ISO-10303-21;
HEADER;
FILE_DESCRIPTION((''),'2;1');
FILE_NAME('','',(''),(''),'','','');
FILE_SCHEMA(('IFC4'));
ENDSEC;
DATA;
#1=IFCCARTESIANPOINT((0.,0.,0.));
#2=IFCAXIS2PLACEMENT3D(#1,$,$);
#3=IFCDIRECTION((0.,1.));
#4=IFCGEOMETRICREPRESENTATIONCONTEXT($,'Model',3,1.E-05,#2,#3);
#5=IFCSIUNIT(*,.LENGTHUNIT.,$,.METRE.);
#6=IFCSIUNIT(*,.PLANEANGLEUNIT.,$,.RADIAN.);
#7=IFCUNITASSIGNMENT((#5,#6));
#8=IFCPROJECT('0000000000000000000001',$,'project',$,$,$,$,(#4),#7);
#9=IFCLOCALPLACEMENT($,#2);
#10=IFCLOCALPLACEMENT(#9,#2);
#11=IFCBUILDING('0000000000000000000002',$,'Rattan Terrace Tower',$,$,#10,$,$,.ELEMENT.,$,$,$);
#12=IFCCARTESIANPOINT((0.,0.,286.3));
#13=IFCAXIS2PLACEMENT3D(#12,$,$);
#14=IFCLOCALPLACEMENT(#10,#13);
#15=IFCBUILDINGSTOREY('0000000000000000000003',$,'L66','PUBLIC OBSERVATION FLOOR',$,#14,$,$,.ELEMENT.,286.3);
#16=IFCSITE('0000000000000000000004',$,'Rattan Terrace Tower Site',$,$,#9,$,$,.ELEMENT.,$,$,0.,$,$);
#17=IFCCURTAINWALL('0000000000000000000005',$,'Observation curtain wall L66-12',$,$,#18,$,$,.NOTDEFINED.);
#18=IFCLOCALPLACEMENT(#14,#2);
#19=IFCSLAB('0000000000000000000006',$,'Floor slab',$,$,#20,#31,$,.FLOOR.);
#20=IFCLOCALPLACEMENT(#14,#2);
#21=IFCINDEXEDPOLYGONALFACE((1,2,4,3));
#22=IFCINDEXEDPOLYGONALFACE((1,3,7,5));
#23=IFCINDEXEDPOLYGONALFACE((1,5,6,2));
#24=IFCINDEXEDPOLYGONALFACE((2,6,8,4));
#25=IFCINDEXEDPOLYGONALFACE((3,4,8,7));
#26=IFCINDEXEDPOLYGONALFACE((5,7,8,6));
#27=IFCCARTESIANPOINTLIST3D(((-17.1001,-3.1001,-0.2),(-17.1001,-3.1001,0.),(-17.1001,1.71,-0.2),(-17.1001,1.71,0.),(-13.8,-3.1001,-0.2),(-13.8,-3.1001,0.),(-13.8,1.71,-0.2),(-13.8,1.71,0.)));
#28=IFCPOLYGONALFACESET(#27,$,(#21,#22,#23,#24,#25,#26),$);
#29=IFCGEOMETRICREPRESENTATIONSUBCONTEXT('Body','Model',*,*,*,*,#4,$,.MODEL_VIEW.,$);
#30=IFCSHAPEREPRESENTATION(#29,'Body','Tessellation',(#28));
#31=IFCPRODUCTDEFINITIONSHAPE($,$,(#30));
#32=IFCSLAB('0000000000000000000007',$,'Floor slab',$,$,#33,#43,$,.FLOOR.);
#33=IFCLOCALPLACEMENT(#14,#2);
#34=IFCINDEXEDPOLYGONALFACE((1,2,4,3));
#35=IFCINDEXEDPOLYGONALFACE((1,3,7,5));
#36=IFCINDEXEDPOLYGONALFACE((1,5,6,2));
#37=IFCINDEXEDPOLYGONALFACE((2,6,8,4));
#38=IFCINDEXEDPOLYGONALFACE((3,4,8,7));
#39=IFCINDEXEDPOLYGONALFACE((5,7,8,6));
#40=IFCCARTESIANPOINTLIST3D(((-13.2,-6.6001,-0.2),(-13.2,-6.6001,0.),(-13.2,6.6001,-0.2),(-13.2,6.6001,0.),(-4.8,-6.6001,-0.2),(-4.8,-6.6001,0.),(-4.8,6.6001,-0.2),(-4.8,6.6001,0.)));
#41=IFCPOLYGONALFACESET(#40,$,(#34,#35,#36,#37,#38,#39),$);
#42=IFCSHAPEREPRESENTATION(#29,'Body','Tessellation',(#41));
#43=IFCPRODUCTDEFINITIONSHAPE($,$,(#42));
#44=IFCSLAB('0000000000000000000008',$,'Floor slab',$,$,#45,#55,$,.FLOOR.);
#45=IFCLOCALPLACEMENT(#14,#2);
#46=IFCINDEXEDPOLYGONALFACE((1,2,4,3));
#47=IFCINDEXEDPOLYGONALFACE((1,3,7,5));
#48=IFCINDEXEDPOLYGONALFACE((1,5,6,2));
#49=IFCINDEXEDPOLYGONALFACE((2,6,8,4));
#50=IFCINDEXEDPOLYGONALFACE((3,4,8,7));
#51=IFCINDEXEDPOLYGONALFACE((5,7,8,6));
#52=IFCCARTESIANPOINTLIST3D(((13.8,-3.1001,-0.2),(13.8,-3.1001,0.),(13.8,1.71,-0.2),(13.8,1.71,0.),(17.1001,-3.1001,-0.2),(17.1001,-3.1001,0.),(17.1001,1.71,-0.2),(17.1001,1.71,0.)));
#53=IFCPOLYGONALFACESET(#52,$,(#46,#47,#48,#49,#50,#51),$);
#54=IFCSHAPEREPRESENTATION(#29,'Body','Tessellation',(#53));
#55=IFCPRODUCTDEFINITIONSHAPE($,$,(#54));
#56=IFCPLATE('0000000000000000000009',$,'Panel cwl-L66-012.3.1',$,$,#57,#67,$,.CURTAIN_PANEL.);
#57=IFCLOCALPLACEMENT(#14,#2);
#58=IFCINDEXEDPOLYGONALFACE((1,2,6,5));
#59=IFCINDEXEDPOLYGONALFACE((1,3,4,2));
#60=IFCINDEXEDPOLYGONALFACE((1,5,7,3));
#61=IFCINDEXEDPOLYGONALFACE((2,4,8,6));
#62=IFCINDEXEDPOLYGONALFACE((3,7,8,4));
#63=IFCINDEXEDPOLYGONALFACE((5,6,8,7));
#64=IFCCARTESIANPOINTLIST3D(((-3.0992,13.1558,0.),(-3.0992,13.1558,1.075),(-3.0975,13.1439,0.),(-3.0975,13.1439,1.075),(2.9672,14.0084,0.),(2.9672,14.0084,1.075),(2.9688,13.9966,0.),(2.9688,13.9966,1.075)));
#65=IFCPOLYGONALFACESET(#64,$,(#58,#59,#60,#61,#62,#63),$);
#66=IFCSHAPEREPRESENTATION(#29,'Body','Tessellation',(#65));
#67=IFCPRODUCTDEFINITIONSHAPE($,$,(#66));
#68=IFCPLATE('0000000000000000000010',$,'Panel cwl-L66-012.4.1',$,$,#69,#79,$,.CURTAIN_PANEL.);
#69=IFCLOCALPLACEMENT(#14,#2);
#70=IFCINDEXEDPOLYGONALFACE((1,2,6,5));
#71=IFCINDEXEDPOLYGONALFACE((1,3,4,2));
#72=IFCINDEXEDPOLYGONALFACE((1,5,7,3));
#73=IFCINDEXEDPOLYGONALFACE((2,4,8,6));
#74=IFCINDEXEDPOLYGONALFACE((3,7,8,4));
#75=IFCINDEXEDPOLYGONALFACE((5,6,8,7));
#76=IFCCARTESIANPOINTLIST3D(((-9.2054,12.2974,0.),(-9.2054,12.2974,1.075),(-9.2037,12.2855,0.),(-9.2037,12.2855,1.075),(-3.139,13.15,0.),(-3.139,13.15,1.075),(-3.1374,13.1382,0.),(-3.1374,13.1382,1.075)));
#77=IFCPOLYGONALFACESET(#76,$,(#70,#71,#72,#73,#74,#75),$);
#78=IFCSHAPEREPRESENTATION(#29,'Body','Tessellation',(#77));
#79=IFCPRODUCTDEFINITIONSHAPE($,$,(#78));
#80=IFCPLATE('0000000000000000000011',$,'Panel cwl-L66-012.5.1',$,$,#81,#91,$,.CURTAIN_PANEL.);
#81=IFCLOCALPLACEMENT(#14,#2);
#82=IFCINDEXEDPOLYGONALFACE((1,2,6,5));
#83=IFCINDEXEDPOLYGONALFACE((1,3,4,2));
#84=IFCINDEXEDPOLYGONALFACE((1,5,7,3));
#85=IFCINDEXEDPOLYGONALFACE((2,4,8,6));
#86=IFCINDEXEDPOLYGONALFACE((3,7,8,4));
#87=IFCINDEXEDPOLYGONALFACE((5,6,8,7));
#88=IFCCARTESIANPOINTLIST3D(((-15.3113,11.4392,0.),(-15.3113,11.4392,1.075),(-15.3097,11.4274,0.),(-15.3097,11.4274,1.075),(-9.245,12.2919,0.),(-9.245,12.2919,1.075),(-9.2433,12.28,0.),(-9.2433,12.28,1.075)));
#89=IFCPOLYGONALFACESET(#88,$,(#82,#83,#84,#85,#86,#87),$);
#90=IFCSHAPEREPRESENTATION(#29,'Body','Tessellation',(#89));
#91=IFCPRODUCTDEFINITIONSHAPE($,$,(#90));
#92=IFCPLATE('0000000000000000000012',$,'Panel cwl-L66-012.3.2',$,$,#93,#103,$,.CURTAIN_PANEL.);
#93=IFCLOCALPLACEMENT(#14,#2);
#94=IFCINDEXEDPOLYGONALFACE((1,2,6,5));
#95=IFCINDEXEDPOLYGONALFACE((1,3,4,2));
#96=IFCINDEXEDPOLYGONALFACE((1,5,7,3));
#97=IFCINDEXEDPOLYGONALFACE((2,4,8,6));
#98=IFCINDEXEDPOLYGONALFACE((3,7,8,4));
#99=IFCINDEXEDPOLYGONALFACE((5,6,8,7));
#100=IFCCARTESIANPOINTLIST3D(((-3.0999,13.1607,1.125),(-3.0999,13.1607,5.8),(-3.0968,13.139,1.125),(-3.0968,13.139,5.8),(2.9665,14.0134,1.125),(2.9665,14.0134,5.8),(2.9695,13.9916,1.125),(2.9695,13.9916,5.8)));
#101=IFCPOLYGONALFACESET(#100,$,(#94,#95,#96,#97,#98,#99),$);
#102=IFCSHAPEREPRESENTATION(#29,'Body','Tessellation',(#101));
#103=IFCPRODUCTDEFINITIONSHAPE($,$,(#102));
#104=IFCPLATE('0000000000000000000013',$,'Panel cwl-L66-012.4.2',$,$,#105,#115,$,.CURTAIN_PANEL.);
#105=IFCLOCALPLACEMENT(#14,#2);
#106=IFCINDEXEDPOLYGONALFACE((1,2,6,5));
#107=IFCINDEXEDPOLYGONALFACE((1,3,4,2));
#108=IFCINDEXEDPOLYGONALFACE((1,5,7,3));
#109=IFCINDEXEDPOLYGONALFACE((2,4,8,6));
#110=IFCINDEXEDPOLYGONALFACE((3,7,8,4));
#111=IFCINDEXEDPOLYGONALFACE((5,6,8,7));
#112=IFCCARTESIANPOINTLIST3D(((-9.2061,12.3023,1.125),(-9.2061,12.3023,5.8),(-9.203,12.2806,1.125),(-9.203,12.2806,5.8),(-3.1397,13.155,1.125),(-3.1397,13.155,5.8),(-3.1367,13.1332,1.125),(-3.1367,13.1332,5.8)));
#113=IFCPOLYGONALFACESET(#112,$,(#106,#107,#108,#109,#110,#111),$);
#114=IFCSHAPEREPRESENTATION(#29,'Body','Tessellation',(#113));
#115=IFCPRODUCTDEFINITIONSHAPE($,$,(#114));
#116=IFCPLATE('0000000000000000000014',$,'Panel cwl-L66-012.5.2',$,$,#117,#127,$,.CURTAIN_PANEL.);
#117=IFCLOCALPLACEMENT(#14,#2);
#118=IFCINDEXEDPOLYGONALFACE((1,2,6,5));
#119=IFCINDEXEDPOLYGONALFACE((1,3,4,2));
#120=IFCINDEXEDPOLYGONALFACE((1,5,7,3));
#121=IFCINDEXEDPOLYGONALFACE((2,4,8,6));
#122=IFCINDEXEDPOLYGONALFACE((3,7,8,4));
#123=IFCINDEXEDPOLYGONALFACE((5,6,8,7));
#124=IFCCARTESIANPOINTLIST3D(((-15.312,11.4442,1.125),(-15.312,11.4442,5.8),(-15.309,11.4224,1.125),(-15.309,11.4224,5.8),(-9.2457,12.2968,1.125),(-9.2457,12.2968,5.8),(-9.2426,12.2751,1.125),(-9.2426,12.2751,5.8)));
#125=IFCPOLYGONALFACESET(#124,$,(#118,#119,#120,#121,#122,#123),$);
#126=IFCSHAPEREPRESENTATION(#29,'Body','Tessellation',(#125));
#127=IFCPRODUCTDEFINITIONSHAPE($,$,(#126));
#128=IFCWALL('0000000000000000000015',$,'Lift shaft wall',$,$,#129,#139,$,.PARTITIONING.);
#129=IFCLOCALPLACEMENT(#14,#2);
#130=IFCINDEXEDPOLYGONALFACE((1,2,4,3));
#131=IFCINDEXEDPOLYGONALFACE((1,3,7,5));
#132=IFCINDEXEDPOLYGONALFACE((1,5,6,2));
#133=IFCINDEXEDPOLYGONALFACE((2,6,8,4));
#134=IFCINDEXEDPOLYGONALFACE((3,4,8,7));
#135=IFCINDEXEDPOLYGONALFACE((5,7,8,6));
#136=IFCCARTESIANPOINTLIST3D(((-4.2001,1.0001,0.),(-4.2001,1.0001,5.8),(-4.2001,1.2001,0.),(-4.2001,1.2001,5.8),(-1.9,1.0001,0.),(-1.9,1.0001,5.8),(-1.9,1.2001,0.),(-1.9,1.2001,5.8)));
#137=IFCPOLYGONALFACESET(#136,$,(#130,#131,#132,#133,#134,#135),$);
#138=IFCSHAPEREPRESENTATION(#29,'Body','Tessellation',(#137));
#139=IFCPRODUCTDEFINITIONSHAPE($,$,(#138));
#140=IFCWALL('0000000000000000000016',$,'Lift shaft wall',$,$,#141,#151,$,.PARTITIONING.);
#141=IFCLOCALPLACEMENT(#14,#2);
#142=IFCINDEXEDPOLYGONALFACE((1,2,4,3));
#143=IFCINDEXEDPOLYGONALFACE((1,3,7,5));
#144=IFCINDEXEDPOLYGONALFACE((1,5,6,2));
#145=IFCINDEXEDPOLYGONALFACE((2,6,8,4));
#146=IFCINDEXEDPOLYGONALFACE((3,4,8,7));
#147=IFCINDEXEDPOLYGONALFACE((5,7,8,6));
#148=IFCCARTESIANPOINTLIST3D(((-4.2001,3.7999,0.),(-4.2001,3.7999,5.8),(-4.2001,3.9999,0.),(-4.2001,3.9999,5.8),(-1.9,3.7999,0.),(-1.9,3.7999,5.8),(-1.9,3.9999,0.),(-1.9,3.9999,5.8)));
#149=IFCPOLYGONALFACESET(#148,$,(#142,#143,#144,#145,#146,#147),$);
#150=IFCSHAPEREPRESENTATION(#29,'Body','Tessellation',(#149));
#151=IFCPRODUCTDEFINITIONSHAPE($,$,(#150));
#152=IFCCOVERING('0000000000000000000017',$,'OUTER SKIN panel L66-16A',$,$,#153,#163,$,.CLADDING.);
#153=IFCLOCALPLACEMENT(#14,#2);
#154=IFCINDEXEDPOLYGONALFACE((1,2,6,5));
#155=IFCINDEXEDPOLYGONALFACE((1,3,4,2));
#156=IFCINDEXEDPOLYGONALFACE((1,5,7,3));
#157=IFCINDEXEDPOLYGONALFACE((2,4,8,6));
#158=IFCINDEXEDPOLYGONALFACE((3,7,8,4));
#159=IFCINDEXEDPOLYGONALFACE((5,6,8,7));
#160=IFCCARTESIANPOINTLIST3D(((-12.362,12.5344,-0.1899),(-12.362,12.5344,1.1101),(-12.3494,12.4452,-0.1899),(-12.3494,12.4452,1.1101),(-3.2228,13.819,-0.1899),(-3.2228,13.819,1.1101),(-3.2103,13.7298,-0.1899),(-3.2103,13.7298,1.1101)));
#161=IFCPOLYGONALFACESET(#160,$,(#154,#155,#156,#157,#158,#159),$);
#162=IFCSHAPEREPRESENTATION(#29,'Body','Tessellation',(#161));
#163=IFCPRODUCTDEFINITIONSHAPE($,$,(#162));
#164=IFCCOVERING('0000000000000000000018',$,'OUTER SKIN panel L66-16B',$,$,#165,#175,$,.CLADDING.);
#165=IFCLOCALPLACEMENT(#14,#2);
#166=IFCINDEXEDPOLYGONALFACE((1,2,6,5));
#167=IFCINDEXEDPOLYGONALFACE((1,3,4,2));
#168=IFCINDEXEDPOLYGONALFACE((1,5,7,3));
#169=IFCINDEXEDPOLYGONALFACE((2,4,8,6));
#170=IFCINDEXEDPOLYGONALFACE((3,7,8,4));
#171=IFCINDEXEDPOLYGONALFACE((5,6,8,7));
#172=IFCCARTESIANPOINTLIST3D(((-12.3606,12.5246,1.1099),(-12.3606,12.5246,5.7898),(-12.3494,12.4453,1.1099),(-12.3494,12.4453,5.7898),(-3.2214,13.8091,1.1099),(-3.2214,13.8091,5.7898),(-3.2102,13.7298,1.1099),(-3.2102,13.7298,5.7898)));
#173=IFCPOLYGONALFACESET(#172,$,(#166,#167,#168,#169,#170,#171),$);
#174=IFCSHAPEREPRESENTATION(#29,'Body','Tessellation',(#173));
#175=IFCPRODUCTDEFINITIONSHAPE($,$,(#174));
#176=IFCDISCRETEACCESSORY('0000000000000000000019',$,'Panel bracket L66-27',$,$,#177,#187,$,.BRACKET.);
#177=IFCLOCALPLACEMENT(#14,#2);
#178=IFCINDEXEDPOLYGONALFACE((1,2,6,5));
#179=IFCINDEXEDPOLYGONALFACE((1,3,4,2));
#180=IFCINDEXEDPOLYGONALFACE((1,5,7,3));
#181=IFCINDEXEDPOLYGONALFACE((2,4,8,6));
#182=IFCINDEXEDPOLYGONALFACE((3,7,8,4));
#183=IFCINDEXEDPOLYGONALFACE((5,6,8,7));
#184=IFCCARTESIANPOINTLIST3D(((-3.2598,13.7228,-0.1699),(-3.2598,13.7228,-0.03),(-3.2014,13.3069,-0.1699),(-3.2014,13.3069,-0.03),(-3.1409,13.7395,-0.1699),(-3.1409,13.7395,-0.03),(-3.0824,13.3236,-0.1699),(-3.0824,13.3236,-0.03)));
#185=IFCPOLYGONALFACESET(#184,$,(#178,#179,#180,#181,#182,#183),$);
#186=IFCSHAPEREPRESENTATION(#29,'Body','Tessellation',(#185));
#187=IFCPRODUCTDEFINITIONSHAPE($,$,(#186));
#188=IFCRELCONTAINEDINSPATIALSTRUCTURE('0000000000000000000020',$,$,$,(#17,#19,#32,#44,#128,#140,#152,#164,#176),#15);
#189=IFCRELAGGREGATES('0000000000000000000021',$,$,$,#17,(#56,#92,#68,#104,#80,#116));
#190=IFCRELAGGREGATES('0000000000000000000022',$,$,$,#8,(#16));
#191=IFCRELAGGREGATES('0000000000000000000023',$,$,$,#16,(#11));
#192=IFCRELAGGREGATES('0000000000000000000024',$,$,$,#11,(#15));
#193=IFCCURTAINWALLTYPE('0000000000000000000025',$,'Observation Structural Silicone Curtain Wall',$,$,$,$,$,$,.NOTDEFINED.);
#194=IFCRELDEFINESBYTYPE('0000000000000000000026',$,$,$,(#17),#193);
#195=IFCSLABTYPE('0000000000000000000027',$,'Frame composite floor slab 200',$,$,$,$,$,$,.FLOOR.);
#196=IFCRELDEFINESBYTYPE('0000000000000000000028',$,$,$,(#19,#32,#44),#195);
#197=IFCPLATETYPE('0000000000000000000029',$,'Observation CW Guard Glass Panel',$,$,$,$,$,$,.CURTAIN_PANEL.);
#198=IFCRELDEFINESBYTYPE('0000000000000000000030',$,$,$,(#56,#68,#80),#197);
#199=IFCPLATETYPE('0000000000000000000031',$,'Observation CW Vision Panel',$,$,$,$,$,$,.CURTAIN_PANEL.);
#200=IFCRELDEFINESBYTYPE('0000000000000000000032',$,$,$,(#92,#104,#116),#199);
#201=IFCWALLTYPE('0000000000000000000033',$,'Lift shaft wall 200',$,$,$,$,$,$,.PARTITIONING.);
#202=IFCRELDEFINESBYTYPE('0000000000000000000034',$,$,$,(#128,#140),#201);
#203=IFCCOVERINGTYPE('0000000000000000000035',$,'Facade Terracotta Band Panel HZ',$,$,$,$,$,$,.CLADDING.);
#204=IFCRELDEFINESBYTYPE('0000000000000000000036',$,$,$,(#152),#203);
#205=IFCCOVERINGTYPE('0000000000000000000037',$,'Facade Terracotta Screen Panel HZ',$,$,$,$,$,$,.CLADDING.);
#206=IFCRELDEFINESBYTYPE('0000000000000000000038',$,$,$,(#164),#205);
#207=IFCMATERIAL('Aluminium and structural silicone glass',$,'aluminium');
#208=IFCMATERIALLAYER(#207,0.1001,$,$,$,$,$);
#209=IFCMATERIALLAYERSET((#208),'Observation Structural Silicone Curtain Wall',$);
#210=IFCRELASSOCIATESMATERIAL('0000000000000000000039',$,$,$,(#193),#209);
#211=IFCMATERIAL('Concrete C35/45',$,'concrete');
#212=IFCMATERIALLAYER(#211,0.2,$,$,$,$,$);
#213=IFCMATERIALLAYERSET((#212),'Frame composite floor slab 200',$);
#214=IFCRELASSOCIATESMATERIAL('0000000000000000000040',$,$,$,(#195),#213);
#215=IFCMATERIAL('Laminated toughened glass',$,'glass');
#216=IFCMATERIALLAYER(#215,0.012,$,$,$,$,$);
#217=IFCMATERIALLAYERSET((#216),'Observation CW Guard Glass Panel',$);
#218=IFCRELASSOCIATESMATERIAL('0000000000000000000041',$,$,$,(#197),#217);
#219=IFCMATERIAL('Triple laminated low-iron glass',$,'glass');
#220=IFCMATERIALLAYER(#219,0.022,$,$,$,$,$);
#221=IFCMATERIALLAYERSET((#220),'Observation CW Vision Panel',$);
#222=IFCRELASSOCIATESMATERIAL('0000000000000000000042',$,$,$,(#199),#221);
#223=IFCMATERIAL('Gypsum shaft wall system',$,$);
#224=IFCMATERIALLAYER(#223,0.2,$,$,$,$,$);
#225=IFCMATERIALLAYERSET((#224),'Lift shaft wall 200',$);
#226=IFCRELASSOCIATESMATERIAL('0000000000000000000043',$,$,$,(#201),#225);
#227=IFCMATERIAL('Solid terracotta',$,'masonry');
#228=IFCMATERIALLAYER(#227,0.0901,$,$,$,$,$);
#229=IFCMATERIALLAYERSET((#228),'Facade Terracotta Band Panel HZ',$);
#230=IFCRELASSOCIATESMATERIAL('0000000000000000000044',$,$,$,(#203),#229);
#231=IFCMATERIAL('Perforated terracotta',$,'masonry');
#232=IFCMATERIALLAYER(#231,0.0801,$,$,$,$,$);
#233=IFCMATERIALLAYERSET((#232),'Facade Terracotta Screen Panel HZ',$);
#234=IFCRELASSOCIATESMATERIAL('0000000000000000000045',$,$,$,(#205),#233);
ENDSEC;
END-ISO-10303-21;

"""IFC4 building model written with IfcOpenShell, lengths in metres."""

from ifc_helpers import new_model, si_unit, direction, frame, frame_2d, origin, origin_2d, place, context, subcontext, project, spatial, polyline, rectangle, outline, extrude, material, layer, layer_set, type_object, element, aggregate, save


model = new_model("IFC4")

# Units and contexts
model_context = context("Model", 3, precision=1e-05, world=origin(), true_north=direction((0.0, 1.0)))
body_context = subcontext(model_context, "Body", "Model", "MODEL_VIEW")
ifc_project = project(units=[si_unit("LENGTHUNIT", "METRE"), si_unit("PLANEANGLEUNIT", "RADIAN")], contexts=[model_context])

# Site, building, storey
site_placement = place(None, origin())
site = spatial("IfcSite", under=ifc_project, at=site_placement, Name="Rattan Terrace Tower Site", CompositionType="ELEMENT", RefElevation=0.0)
building_placement = place(site_placement, origin())
building = spatial("IfcBuilding", under=site, at=building_placement, Name="Rattan Terrace Tower", CompositionType="ELEMENT")
storey_placement = place(building_placement, frame((0.0, 0.0, 286.3)))
storey = spatial("IfcBuildingStorey", under=building, at=storey_placement, Name="L66", Description="PUBLIC OBSERVATION FLOOR", CompositionType="ELEMENT", Elevation=286.3)

# Curtain wall
ifc_material_1 = material(Name="Aluminium and structural silicone glass", Category="aluminium")
ifc_layer_1 = layer(ifc_material_1, 0.1001)
ifc_layer_set_1 = layer_set([ifc_layer_1], Name="Observation Structural Silicone Curtain Wall")
curtain_wall_type = type_object("IfcCurtainWallType", Name="Observation Structural Silicone Curtain Wall", PredefinedType="NOTDEFINED", material=ifc_layer_set_1)
curtain_wall_placement = place(storey_placement, origin())
curtain_wall = element("IfcCurtainWall", 1, at=curtain_wall_placement, inside=storey, type_object=curtain_wall_type, Name="Observation curtain wall L66-12", PredefinedType="NOTDEFINED")

# Slabs
ifc_material_2 = material(Name="Concrete C35/45", Category="concrete")
ifc_layer_2 = layer(ifc_material_2, 0.2)
ifc_layer_set_2 = layer_set([ifc_layer_2], Name="Frame composite floor slab 200")
slab_type_1 = type_object("IfcSlabType", Name="Frame composite floor slab 200", PredefinedType="FLOOR", material=ifc_layer_set_2)
slab_1_placement = place(storey_placement, frame((0.0, 0.0, -0.2)))
element("IfcSlab", 2, at=slab_1_placement, inside=storey, type_object=slab_type_1, Name="Floor slab", PredefinedType="FLOOR", context=body_context, shape_type="SweptSolid", body=[
    extrude(outline(polyline([(-17.1001, -3.1001), (-13.8, -3.1001), (-13.8, 1.71), (-17.1001, 1.71), (-17.1001, -3.1001)])), origin(), (0.0, 0.0, 1.0), 0.2),
])
slab_2_placement = place(storey_placement, frame((0.0, 0.0, -0.2)))
element("IfcSlab", 3, at=slab_2_placement, inside=storey, type_object=slab_type_1, Name="Floor slab", PredefinedType="FLOOR", context=body_context, shape_type="SweptSolid", body=[
    extrude(outline(polyline([(-4.8, -6.6001), (-4.8, 6.6001), (-13.2, 6.6001), (-13.2, -6.6001), (-4.8, -6.6001)])), origin(), (0.0, 0.0, 1.0), 0.2),
])
slab_3_placement = place(storey_placement, frame((0.0, 0.0, -0.2)))
element("IfcSlab", 4, at=slab_3_placement, inside=storey, type_object=slab_type_1, Name="Floor slab", PredefinedType="FLOOR", context=body_context, shape_type="SweptSolid", body=[
    extrude(outline(polyline([(13.8, -3.1001), (17.1001, -3.1001), (17.1001, 1.71), (13.8, 1.71), (13.8, -3.1001)])), origin(), (0.0, 0.0, 1.0), 0.2),
])

# Plates
ifc_material_3 = material(Name="Laminated toughened glass", Category="glass")
ifc_layer_3 = layer(ifc_material_3, 0.012)
ifc_layer_set_3 = layer_set([ifc_layer_3], Name="Observation CW Guard Glass Panel")
plate_type_1 = type_object("IfcPlateType", Name="Observation CW Guard Glass Panel", PredefinedType="CURTAIN_PANEL", material=ifc_layer_set_3)
plate_1_placement = place(storey_placement, frame((-0.0652, 13.5762, 0.0), z_axis=(0.0, 0.0, 1.0), x_axis=(-0.990266, -0.139189, 0.0)))
plate_1 = element("IfcPlate", 5, at=plate_1_placement, type_object=plate_type_1, Name="Panel cwl-L66-012.3.1", PredefinedType="CURTAIN_PANEL", context=body_context, shape_type="SweptSolid", body=[
    extrude(rectangle(XDim=6.126, YDim=0.012, at=origin_2d()), origin(), (0.0, 0.0, 1.0), 1.075),
])
plate_2_placement = place(storey_placement, frame((-6.1714, 12.7178, 0.0), z_axis=(0.0, 0.0, 1.0), x_axis=(-0.990266, -0.139189, 0.0)))
plate_2 = element("IfcPlate", 6, at=plate_2_placement, type_object=plate_type_1, Name="Panel cwl-L66-012.4.1", PredefinedType="CURTAIN_PANEL", context=body_context, shape_type="SweptSolid", body=[
    extrude(rectangle(XDim=6.126, YDim=0.012, at=origin_2d()), origin(), (0.0, 0.0, 1.0), 1.075),
])
plate_3_placement = place(storey_placement, frame((-12.2773, 11.8596, 0.0), z_axis=(0.0, 0.0, 1.0), x_axis=(-0.990266, -0.139189, 0.0)))
plate_3 = element("IfcPlate", 7, at=plate_3_placement, type_object=plate_type_1, Name="Panel cwl-L66-012.5.1", PredefinedType="CURTAIN_PANEL", context=body_context, shape_type="SweptSolid", body=[
    extrude(rectangle(XDim=6.126, YDim=0.012, at=origin_2d()), origin(), (0.0, 0.0, 1.0), 1.075),
])
ifc_material_4 = material(Name="Triple laminated low-iron glass", Category="glass")
ifc_layer_4 = layer(ifc_material_4, 0.022)
ifc_layer_set_4 = layer_set([ifc_layer_4], Name="Observation CW Vision Panel")
plate_type_2 = type_object("IfcPlateType", Name="Observation CW Vision Panel", PredefinedType="CURTAIN_PANEL", material=ifc_layer_set_4)
plate_4_placement = place(storey_placement, frame((-0.0652, 13.5762, 1.125), z_axis=(0.0, 0.0, 1.0), x_axis=(-0.990266, -0.139189, 0.0)))
plate_4 = element("IfcPlate", 8, at=plate_4_placement, type_object=plate_type_2, Name="Panel cwl-L66-012.3.2", PredefinedType="CURTAIN_PANEL", context=body_context, shape_type="SweptSolid", body=[
    extrude(rectangle(XDim=6.126, YDim=0.022, at=origin_2d()), origin(), (0.0, 0.0, 1.0), 4.675),
])
plate_5_placement = place(storey_placement, frame((-6.1714, 12.7178, 1.125), z_axis=(0.0, 0.0, 1.0), x_axis=(-0.990266, -0.139189, 0.0)))
plate_5 = element("IfcPlate", 9, at=plate_5_placement, type_object=plate_type_2, Name="Panel cwl-L66-012.4.2", PredefinedType="CURTAIN_PANEL", context=body_context, shape_type="SweptSolid", body=[
    extrude(rectangle(XDim=6.126, YDim=0.022, at=origin_2d()), origin(), (0.0, 0.0, 1.0), 4.675),
])
plate_6_placement = place(storey_placement, frame((-12.2773, 11.8596, 1.125), z_axis=(0.0, 0.0, 1.0), x_axis=(-0.990266, -0.139189, 0.0)))
plate_6 = element("IfcPlate", 10, at=plate_6_placement, type_object=plate_type_2, Name="Panel cwl-L66-012.5.2", PredefinedType="CURTAIN_PANEL", context=body_context, shape_type="SweptSolid", body=[
    extrude(rectangle(XDim=6.126, YDim=0.022, at=origin_2d()), origin(), (0.0, 0.0, 1.0), 4.675),
])
aggregate(curtain_wall, [plate_1, plate_4, plate_2, plate_5, plate_3, plate_6])

# Walls
ifc_material_5 = material(Name="Gypsum shaft wall system")
ifc_layer_5 = layer(ifc_material_5, 0.2)
ifc_layer_set_5 = layer_set([ifc_layer_5], Name="Lift shaft wall 200")
wall_type = type_object("IfcWallType", Name="Lift shaft wall 200", PredefinedType="PARTITIONING", material=ifc_layer_set_5)
for number, where, z_axis, x_axis, name in (
    (11, (-4.2, 1.1001, 0.0), (0.0, 0.0, 1.0), (1.0, 0.0, 0.0), "Lift shaft wall"),
    (12, (-4.2, 3.8999, 0.0), (0.0, 0.0, 1.0), (1.0, 0.0, 0.0), "Lift shaft wall"),
):
    element("IfcWall", number, at=place(storey_placement, frame(where, z_axis=z_axis, x_axis=x_axis)), inside=storey, type_object=wall_type, Name=name, PredefinedType="PARTITIONING", context=body_context, shape_type="SweptSolid", body=[
        extrude(rectangle(XDim=2.3, YDim=0.2, at=frame_2d((1.1499, 0.0))), origin(), (0.0, 0.0, 1.0), 5.8),
    ])

# Coverings
ifc_material_6 = material(Name="Solid terracotta", Category="masonry")
ifc_layer_6 = layer(ifc_material_6, 0.0901)
ifc_layer_set_6 = layer_set([ifc_layer_6], Name="Facade Terracotta Band Panel HZ")
covering_type_1 = type_object("IfcCoveringType", Name="Facade Terracotta Band Panel HZ", PredefinedType="CLADDING", material=ifc_layer_set_6)
covering_1_placement = place(storey_placement, frame((-7.7861, 13.1321, -0.1899), z_axis=(0.0, 0.0, 1.0), x_axis=(-0.990266, -0.139189, 0.0)))
element("IfcCovering", 13, at=covering_1_placement, inside=storey, type_object=covering_type_1, Name="OUTER SKIN panel L66-16A", PredefinedType="CLADDING", context=body_context, shape_type="SweptSolid", body=[
    extrude(rectangle(XDim=9.229, YDim=0.0901, at=origin_2d()), origin(), (0.0, 0.0, 1.0), 1.3),
])
ifc_material_7 = material(Name="Perforated terracotta", Category="masonry")
ifc_layer_7 = layer(ifc_material_7, 0.0801)
ifc_layer_set_7 = layer_set([ifc_layer_7], Name="Facade Terracotta Screen Panel HZ")
covering_type_2 = type_object("IfcCoveringType", Name="Facade Terracotta Screen Panel HZ", PredefinedType="CLADDING", material=ifc_layer_set_7)
covering_2_placement = place(storey_placement, frame((-7.7854, 13.1272, 1.1099), z_axis=(0.0, 0.0, 1.0), x_axis=(-0.990266, -0.139189, 0.0)))
element("IfcCovering", 14, at=covering_2_placement, inside=storey, type_object=covering_type_2, Name="OUTER SKIN panel L66-16B", PredefinedType="CLADDING", context=body_context, shape_type="SweptSolid", body=[
    extrude(rectangle(XDim=9.229, YDim=0.0801, at=origin_2d()), origin(), (0.0, 0.0, 1.0), 4.6799),
])

# Discrete accessory
for number, where, z_axis, x_axis, name in (
    (15, (-3.1711, 13.5232, -0.1699), (0.0, 0.0, 1.0), (-0.990266, -0.139189, 0.0), "Panel bracket L66-27"),
):
    element("IfcDiscreteAccessory", number, at=place(storey_placement, frame(where, z_axis=z_axis, x_axis=x_axis)), inside=storey, Name=name, PredefinedType="BRACKET", context=body_context, shape_type="SweptSolid", body=[
        extrude(rectangle(XDim=0.1201, YDim=0.4199, at=origin_2d()), origin(), (0.0, 0.0, 1.0), 0.1399),
    ])

save(model, "model.ifc")
